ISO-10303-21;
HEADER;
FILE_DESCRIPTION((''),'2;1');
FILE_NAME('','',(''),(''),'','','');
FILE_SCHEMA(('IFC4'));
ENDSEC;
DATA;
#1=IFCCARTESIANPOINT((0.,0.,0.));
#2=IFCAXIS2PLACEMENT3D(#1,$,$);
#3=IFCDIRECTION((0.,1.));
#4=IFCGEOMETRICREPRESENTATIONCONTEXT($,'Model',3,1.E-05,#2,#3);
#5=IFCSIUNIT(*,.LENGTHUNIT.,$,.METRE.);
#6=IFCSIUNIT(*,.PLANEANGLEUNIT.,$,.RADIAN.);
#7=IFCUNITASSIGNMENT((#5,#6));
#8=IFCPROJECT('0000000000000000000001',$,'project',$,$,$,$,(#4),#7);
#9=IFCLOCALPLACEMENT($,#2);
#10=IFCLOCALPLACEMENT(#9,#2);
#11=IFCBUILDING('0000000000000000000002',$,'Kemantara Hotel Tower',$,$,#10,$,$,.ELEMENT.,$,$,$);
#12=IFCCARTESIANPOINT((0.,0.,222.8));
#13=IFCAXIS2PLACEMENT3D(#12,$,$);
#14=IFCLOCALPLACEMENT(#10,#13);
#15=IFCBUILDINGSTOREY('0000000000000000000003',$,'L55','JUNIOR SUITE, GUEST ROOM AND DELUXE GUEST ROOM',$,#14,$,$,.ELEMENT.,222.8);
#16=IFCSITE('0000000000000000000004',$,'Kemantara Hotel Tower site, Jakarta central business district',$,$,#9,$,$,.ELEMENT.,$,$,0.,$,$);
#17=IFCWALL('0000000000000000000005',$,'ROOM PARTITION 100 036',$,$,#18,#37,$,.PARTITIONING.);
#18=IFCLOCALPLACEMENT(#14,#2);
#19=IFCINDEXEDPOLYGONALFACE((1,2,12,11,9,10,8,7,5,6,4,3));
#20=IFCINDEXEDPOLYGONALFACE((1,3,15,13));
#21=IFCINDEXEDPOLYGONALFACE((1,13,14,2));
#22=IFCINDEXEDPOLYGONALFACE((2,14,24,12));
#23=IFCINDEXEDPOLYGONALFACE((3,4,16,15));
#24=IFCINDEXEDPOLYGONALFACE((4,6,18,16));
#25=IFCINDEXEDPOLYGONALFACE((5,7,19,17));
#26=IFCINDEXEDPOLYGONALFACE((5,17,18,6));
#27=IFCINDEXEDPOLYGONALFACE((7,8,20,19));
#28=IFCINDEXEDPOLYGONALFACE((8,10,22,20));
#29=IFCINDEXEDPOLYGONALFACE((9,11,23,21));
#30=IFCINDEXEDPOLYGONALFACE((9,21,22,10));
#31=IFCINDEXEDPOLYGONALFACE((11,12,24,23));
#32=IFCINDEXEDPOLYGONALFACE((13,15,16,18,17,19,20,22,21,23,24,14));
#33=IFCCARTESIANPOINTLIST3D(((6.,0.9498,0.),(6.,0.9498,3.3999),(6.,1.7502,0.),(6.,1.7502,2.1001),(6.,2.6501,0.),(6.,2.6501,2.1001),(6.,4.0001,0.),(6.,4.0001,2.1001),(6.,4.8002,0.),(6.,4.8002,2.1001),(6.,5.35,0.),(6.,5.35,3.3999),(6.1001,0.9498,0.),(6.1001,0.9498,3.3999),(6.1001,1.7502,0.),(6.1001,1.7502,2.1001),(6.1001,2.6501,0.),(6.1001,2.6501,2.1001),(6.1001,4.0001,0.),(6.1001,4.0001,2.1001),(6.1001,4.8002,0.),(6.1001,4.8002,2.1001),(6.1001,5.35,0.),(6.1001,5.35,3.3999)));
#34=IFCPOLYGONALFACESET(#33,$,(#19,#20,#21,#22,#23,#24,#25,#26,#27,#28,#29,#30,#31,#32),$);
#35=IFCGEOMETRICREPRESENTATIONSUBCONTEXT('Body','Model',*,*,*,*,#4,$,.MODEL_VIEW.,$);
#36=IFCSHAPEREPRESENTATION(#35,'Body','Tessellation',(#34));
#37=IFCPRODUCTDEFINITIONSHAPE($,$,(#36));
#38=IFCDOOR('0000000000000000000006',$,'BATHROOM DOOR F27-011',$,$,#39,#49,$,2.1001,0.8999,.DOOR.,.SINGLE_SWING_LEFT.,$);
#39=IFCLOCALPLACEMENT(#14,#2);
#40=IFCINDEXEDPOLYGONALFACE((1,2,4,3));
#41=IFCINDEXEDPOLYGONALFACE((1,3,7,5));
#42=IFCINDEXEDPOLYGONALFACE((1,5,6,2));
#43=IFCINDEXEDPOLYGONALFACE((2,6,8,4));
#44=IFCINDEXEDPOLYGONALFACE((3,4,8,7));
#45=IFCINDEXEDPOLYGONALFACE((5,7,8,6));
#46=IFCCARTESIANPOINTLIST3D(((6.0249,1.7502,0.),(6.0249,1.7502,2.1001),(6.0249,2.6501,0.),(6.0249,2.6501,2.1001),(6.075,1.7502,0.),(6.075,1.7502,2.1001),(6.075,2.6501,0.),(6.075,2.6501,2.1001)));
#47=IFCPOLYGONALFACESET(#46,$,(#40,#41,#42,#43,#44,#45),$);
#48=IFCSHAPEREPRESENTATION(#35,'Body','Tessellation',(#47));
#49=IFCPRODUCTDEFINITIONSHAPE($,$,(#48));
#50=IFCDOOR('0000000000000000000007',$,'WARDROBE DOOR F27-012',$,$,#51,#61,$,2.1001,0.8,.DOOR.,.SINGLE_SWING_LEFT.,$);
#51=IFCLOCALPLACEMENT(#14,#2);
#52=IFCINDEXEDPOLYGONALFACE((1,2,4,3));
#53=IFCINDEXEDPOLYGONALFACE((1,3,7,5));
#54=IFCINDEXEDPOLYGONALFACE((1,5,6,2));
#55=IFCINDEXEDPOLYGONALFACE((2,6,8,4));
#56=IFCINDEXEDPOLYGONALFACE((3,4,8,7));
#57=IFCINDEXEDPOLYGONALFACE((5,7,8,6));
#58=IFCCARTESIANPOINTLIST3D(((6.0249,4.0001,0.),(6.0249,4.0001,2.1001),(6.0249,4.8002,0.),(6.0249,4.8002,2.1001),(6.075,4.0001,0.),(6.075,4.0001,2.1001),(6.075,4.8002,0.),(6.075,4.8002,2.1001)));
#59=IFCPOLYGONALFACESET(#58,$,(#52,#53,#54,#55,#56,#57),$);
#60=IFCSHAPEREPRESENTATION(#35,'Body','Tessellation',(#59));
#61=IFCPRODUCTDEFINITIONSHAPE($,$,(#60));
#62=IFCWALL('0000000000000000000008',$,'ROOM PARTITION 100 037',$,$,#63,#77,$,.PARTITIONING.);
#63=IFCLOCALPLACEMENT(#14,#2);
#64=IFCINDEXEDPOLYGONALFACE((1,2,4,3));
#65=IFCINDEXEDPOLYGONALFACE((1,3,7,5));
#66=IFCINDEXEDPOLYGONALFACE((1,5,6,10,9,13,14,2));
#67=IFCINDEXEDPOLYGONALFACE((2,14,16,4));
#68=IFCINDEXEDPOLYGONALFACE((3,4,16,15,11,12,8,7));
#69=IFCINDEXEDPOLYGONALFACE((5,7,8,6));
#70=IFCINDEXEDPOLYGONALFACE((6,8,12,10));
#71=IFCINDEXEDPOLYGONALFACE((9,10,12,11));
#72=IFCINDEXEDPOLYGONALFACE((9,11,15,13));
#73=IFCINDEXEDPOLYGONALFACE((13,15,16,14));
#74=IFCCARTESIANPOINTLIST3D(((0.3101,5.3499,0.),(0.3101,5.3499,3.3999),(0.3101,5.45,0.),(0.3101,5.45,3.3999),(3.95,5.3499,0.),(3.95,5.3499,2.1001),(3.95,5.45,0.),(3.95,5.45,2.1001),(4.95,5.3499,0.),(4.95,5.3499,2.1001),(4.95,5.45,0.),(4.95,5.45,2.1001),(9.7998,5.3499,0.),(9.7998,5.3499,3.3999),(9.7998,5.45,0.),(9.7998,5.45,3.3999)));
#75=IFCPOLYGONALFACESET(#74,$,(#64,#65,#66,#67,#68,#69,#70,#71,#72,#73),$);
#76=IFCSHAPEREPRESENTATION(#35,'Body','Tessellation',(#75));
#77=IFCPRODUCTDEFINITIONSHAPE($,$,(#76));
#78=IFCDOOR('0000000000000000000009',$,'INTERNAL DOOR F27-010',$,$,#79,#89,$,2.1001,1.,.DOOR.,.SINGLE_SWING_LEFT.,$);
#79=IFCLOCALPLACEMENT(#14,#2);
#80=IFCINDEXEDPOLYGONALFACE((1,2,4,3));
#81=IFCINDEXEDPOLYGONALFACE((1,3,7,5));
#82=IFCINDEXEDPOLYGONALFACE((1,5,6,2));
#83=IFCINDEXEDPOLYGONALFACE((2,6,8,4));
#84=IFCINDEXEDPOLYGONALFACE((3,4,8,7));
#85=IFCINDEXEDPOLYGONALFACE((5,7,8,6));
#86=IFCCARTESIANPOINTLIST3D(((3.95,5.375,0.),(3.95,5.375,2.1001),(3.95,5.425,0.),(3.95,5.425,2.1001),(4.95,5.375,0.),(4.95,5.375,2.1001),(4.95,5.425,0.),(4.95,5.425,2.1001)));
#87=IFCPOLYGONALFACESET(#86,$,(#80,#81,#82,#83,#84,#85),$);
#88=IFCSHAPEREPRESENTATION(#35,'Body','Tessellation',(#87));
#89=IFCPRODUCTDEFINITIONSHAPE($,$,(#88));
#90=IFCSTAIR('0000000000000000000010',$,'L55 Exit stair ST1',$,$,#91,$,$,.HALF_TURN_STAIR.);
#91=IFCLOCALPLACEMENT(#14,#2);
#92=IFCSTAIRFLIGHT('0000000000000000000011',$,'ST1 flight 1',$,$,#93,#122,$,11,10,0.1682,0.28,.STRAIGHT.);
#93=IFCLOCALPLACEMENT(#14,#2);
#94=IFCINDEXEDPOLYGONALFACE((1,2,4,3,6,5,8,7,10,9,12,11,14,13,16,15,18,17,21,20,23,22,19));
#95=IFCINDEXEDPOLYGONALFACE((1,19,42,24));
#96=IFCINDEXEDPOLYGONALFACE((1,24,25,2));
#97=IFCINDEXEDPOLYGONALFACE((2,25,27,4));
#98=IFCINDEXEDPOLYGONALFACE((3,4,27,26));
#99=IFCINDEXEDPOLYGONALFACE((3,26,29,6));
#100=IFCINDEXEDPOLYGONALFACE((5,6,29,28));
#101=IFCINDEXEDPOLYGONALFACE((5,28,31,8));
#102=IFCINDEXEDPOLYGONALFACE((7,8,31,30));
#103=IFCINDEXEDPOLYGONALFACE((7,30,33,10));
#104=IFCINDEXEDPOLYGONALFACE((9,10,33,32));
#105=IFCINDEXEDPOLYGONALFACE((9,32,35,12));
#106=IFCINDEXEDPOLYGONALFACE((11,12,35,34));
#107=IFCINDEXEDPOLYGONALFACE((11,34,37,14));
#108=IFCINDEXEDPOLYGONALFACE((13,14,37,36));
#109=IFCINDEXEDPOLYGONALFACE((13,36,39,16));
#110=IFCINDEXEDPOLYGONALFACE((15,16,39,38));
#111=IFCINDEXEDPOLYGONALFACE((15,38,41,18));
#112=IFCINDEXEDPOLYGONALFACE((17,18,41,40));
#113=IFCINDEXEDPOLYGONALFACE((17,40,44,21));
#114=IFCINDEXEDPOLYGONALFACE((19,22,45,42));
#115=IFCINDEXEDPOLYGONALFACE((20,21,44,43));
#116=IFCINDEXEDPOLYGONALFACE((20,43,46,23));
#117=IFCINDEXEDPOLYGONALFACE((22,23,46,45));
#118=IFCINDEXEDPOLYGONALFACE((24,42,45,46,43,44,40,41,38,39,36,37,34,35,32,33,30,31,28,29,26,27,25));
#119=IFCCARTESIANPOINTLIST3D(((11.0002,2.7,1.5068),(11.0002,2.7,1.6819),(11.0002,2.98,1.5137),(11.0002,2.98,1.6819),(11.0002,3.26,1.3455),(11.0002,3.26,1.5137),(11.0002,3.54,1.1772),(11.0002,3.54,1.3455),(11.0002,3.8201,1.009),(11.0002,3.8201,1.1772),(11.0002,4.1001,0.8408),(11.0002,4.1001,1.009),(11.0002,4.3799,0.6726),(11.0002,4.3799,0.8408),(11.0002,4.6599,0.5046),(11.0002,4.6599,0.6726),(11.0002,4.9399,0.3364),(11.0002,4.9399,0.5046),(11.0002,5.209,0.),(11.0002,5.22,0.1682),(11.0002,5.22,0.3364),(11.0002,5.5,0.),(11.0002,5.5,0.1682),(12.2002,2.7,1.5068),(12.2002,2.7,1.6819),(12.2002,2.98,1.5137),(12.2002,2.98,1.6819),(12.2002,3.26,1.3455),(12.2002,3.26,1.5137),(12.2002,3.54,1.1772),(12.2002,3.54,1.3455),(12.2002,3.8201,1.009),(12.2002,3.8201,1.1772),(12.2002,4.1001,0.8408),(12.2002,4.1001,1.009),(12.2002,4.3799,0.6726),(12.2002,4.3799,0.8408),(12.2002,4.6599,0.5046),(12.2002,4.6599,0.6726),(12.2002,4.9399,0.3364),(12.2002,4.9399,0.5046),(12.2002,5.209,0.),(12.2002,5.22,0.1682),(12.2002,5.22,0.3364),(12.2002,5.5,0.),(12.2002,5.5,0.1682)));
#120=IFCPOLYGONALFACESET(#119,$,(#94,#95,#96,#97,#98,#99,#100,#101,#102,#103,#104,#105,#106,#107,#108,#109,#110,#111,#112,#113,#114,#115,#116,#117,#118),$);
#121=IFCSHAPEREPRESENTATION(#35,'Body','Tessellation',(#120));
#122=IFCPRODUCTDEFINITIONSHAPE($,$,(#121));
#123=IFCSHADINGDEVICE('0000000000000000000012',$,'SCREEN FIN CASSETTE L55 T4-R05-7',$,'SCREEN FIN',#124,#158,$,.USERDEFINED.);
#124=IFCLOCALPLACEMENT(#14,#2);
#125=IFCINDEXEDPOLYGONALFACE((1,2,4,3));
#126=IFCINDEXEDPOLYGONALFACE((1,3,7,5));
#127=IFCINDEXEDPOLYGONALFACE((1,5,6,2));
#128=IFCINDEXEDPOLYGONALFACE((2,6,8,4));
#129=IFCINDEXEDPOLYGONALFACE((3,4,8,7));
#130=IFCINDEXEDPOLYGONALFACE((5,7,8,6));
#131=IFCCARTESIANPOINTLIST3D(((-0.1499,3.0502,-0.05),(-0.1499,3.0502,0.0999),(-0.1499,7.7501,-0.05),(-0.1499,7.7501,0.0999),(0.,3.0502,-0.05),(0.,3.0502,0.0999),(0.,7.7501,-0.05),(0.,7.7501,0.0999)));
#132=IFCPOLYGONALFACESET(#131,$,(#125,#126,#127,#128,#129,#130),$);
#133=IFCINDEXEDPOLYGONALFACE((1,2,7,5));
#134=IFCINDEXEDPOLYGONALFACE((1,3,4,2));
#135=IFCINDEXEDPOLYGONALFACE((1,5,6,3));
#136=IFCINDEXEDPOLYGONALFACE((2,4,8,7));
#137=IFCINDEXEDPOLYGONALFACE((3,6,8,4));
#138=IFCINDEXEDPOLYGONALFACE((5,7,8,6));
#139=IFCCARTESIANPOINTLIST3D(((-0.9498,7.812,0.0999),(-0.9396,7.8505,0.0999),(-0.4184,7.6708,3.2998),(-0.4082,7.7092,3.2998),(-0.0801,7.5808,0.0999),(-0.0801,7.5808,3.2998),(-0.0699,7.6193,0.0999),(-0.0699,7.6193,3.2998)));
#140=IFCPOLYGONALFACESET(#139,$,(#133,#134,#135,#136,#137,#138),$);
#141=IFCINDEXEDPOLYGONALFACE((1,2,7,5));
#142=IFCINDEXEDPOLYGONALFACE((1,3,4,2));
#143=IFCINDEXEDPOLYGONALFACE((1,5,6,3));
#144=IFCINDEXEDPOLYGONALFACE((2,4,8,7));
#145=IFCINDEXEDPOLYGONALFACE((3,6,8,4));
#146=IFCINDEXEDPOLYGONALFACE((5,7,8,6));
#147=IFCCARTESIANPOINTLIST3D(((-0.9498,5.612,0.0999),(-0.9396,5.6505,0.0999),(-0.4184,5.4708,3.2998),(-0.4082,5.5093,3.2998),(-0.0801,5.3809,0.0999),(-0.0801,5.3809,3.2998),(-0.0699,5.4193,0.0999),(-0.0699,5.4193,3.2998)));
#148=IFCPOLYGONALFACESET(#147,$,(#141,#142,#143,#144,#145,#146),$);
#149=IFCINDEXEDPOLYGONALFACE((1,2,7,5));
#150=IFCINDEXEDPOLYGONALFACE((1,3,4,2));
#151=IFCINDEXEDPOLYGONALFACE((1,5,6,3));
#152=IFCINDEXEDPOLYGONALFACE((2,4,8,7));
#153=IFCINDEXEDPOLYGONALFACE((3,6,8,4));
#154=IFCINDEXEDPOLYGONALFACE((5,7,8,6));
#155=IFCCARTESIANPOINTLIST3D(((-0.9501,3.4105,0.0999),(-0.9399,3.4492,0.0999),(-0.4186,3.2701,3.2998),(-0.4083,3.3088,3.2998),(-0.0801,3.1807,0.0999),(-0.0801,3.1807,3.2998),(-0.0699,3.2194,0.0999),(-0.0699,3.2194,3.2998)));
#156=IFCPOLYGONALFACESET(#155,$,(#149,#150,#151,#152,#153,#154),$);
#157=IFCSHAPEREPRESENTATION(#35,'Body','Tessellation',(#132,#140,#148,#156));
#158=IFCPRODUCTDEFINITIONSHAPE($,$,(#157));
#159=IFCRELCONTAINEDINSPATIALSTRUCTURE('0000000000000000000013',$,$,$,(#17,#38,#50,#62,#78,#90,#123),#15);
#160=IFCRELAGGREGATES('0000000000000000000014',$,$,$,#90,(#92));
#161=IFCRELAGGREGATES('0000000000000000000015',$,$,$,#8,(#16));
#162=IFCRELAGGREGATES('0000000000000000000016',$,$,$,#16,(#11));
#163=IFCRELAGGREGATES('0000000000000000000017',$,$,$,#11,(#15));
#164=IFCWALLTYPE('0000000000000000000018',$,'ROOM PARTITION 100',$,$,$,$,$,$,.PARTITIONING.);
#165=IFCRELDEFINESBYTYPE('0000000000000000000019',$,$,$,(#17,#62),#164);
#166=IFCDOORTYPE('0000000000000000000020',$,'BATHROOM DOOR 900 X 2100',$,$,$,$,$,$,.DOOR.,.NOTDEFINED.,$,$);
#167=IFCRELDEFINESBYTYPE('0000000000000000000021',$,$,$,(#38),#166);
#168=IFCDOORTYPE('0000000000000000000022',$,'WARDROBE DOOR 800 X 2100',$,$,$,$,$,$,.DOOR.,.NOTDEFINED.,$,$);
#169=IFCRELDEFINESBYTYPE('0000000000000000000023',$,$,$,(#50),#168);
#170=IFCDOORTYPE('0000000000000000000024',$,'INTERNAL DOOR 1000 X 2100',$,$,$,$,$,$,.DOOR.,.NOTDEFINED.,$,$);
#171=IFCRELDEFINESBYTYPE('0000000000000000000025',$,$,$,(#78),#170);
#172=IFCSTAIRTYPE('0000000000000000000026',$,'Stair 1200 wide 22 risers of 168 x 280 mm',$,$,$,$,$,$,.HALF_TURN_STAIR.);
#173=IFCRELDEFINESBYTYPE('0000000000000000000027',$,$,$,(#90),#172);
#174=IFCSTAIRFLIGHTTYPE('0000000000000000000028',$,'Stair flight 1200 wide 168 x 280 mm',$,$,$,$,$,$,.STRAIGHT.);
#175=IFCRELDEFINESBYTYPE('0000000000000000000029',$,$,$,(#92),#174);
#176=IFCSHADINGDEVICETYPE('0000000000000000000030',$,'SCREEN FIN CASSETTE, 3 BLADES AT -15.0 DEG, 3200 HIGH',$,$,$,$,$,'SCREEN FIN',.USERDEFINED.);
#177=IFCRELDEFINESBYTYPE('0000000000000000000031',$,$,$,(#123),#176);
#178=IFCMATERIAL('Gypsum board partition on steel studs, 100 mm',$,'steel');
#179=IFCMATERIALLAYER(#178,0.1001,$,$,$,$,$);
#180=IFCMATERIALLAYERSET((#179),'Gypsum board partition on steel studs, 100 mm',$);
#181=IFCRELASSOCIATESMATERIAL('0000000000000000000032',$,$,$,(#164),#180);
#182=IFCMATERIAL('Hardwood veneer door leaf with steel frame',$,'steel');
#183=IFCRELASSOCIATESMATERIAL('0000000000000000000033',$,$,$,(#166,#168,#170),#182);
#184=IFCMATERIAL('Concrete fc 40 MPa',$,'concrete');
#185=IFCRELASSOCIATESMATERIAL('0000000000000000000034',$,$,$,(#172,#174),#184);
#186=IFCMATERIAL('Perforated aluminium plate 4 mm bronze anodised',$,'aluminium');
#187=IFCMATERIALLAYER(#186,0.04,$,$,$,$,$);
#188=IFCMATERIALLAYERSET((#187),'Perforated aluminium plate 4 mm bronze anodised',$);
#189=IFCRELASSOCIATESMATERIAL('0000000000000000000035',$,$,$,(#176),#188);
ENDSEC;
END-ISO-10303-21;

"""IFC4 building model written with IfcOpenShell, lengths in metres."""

from ifc_helpers import new_model, si_unit, direction, frame, frame_2d, origin, origin_2d, place, context, subcontext, project, spatial, polyline, rectangle, outline, extrude, source, transform, mapped, material, layer, layer_set, type_object, element, fill, aggregate, save


model = new_model("IFC4")

# Units and contexts
model_context = context("Model", 3, precision=1e-05, world=origin(), true_north=direction((0.0, 1.0)))
body_context = subcontext(model_context, "Body", "Model", "MODEL_VIEW")
ifc_project = project(units=[si_unit("LENGTHUNIT", "METRE"), si_unit("PLANEANGLEUNIT", "RADIAN")], contexts=[model_context])

# Site, building, storey
site_placement = place(None, origin())
site = spatial("IfcSite", under=ifc_project, at=site_placement, Name="Kemantara Hotel Tower site, Jakarta central business district", CompositionType="ELEMENT", RefElevation=0.0)
building_placement = place(site_placement, origin())
building = spatial("IfcBuilding", under=site, at=building_placement, Name="Kemantara Hotel Tower", CompositionType="ELEMENT")
storey_placement = place(building_placement, frame((0.0, 0.0, 222.8)))
storey = spatial("IfcBuildingStorey", under=building, at=storey_placement, Name="L55", Description="JUNIOR SUITE, GUEST ROOM AND DELUXE GUEST ROOM", CompositionType="ELEMENT", Elevation=222.8)

# Wall, openings, doors
ifc_material_1 = material(Name="Hardwood veneer door leaf with steel frame", Category="steel")
ifc_material_2 = material(Name="Gypsum board partition on steel studs, 100 mm", Category="steel")
ifc_layer_1 = layer(ifc_material_2, 0.1001)
ifc_layer_set_1 = layer_set([ifc_layer_1], Name="Gypsum board partition on steel studs, 100 mm")
wall_type_1 = type_object("IfcWallType", Name="ROOM PARTITION 100", PredefinedType="PARTITIONING", material=ifc_layer_set_1)
wall_1_placement = place(storey_placement, frame((6.05, 5.3501, 0.0), z_axis=(0.0, 0.0, 1.0), x_axis=(0.0, -1.0, 0.0)))
wall_1 = element("IfcWall", 1, at=wall_1_placement, inside=storey, type_object=wall_type_1, Name="ROOM PARTITION 100 036", PredefinedType="PARTITIONING", context=body_context, shape_type="SweptSolid", body=[
    extrude(rectangle(XDim=4.4001, YDim=0.1001, at=frame_2d((2.2002, 0.0))), origin(), (0.0, 0.0, 1.0), 3.3999),
])
opening_1_placement = place(wall_1_placement, frame((2.7, 0.0, 0.0)))
opening_1 = element("IfcOpeningElement", 2, at=opening_1_placement, cuts=wall_1, PredefinedType="OPENING", context=body_context, shape_type="SweptSolid", body=[
    extrude(rectangle(XDim=0.8999, YDim=2.1001, at=frame_2d((0.45, 1.05))), frame((0.0, 0.0601, 0.0), z_axis=(0.0, -1.0, 0.0), x_axis=(1.0, 0.0, 0.0)), (0.0, 0.0, 1.0), 0.1201),
])
opening_2_placement = place(wall_1_placement, frame((0.55, 0.0, 0.0)))
opening_2 = element("IfcOpeningElement", 3, at=opening_2_placement, cuts=wall_1, PredefinedType="OPENING", context=body_context, shape_type="SweptSolid", body=[
    extrude(rectangle(XDim=0.8, YDim=2.1001, at=frame_2d((0.3999, 1.05))), frame((0.0, 0.0601, 0.0), z_axis=(0.0, -1.0, 0.0), x_axis=(1.0, 0.0, 0.0)), (0.0, 0.0, 1.0), 0.1201),
])
door_type_1 = type_object("IfcDoorType", Name="BATHROOM DOOR 900 X 2100", OperationType="NOTDEFINED", PredefinedType="DOOR", material=ifc_material_1)
door_1_placement = place(opening_1_placement, origin())
door_1 = element("IfcDoor", 4, at=door_1_placement, inside=storey, type_object=door_type_1, Name="BATHROOM DOOR F27-011", OperationType="SINGLE_SWING_LEFT", OverallHeight=2.1001, OverallWidth=0.8999, PredefinedType="DOOR", context=body_context, shape_type="SweptSolid", body=[
    extrude(rectangle(XDim=0.8999, YDim=2.1001, at=frame_2d((0.45, 1.05))), frame((0.0, 0.0249, 0.0), z_axis=(0.0, -1.0, 0.0), x_axis=(1.0, 0.0, 0.0)), (0.0, 0.0, 1.0), 0.05),
])
fill(opening_1, door_1)
door_type_2 = type_object("IfcDoorType", Name="WARDROBE DOOR 800 X 2100", OperationType="NOTDEFINED", PredefinedType="DOOR", material=ifc_material_1)
door_2_placement = place(opening_2_placement, origin())
door_2 = element("IfcDoor", 5, at=door_2_placement, inside=storey, type_object=door_type_2, Name="WARDROBE DOOR F27-012", OperationType="SINGLE_SWING_LEFT", OverallHeight=2.1001, OverallWidth=0.8, PredefinedType="DOOR", context=body_context, shape_type="SweptSolid", body=[
    extrude(rectangle(XDim=0.8, YDim=2.1001, at=frame_2d((0.3999, 1.05))), frame((0.0, 0.0249, 0.0), z_axis=(0.0, -1.0, 0.0), x_axis=(1.0, 0.0, 0.0)), (0.0, 0.0, 1.0), 0.05),
])
fill(opening_2, door_2)

# Wall, opening, door
wall_2_placement = place(storey_placement, frame((9.7998, 5.3999, 0.0), z_axis=(0.0, 0.0, 1.0), x_axis=(-1.0, 0.0, 0.0)))
wall_2 = element("IfcWall", 6, at=wall_2_placement, inside=storey, type_object=wall_type_1, Name="ROOM PARTITION 100 037", PredefinedType="PARTITIONING", context=body_context, shape_type="SweptSolid", body=[
    extrude(rectangle(XDim=9.4897, YDim=0.1001, at=frame_2d((4.7449, 0.0))), origin(), (0.0, 0.0, 1.0), 3.3999),
])
opening_3_placement = place(wall_2_placement, frame((4.8499, 0.0, 0.0)))
opening_3 = element("IfcOpeningElement", 7, at=opening_3_placement, cuts=wall_2, PredefinedType="OPENING", context=body_context, shape_type="SweptSolid", body=[
    extrude(rectangle(XDim=1.0, YDim=2.1001, at=frame_2d((0.5, 1.05))), frame((0.0, 0.0601, 0.0), z_axis=(0.0, -1.0, 0.0), x_axis=(1.0, 0.0, 0.0)), (0.0, 0.0, 1.0), 0.1201),
])
door_type_3 = type_object("IfcDoorType", Name="INTERNAL DOOR 1000 X 2100", OperationType="NOTDEFINED", PredefinedType="DOOR", material=ifc_material_1)
door_3_placement = place(opening_3_placement, origin())
door_3 = element("IfcDoor", 8, at=door_3_placement, inside=storey, type_object=door_type_3, Name="INTERNAL DOOR F27-010", OperationType="SINGLE_SWING_LEFT", OverallHeight=2.1001, OverallWidth=1.0, PredefinedType="DOOR", context=body_context, shape_type="SweptSolid", body=[
    extrude(rectangle(XDim=1.0, YDim=2.1001, at=frame_2d((0.5, 1.05))), frame((0.0, 0.0249, 0.0), z_axis=(0.0, -1.0, 0.0), x_axis=(1.0, 0.0, 0.0)), (0.0, 0.0, 1.0), 0.05),
])
fill(opening_3, door_3)

# Stair, stair flight
ifc_material_3 = material(Name="Concrete fc 40 MPa", Category="concrete")
stair_type = type_object("IfcStairType", Name="Stair 1200 wide 22 risers of 168 x 280 mm", PredefinedType="HALF_TURN_STAIR", material=ifc_material_3)
stair_placement = place(storey_placement, origin())
stair = element("IfcStair", 9, at=stair_placement, inside=storey, type_object=stair_type, Name="L55 Exit stair ST1", PredefinedType="HALF_TURN_STAIR")
stair_flight_type = type_object("IfcStairFlightType", Name="Stair flight 1200 wide 168 x 280 mm", PredefinedType="STRAIGHT", material=ifc_material_3)
stair_flight_placement = place(storey_placement, frame((11.6001, 5.5, 0.0), z_axis=(0.0, 0.0, 1.0), x_axis=(0.0, -1.0, 0.0)))
stair_flight = element("IfcStairFlight", 10, at=stair_flight_placement, type_object=stair_flight_type, Name="ST1 flight 1", NumberOfRisers=11, NumberOfTreads=10, PredefinedType="STRAIGHT", RiserHeight=0.1682, TreadLength=0.28, context=body_context, shape_type="SweptSolid", body=[
    extrude(outline(polyline([(0.0, 0.0), (0.0, 0.1682), (0.28, 0.1682), (0.28, 0.3364), (0.5601, 0.3364), (0.5601, 0.5046), (0.8401, 0.5046), (0.8401, 0.6726), (1.1201, 0.6726), (1.1201, 0.8408), (1.3999, 0.8408), (1.3999, 1.009), (1.6799, 1.009), (1.6799, 1.1772), (1.96, 1.1772), (1.96, 1.3455), (2.24, 1.3455), (2.24, 1.5137), (2.52, 1.5137), (2.52, 1.6819), (2.8, 1.6819), (2.8, 1.8501), (2.8, 1.5068), (0.291, 0.0), (0.0, 0.0)])), frame((0.0, 0.6001, 0.0), z_axis=(0.0, -1.0, 0.0), x_axis=(1.0, 0.0, 0.0)), (0.0, 0.0, 1.0), 1.2),
])
aggregate(stair, [stair_flight])

# Shading device
ifc_material_4 = material(Name="Perforated aluminium plate 4 mm bronze anodised", Category="aluminium")
ifc_layer_2 = layer(ifc_material_4, 0.04)
ifc_layer_set_2 = layer_set([ifc_layer_2], Name="Perforated aluminium plate 4 mm bronze anodised")
shading_device_type = type_object("IfcShadingDeviceType", Name="SCREEN FIN CASSETTE, 3 BLADES AT -15.0 DEG, 3200 HIGH", ElementType="SCREEN FIN", PredefinedType="USERDEFINED", material=ifc_layer_set_2)
shared_shape = source(origin(), body_context, "Body", "SweptSolid", [
    extrude(rectangle(XDim=4.7, YDim=0.1499, at=origin_2d()), frame((2.2, -0.075, -0.1499), z_axis=(0.0, 0.0, 1.0), x_axis=(1.0, 0.0, 0.0)), (0.0, 0.0, 1.0), 0.1499),
    extrude(outline(polyline([(0.0, 0.0), (0.8999, 0.0), (0.3501, 3.2), (0.0, 3.2), (0.0, 0.0)])), frame((0.0193, -0.0801, 0.0), z_axis=(-0.966438, 0.256901, 0.0), x_axis=(-0.256901, -0.966438, 0.0)), (0.0, 0.0, 1.0), 0.0398),
    extrude(outline(polyline([(0.0, 0.0), (0.8999, 0.0), (0.3501, 3.2), (0.0, 3.2), (0.0, 0.0)])), frame((2.2192, -0.0801, 0.0), z_axis=(-0.966438, 0.256901, 0.0), x_axis=(-0.256901, -0.966438, 0.0)), (0.0, 0.0, 1.0), 0.0398),
    extrude(outline(polyline([(0.0, 0.0), (0.8999, 0.0), (0.3501, 3.2), (0.0, 3.2), (0.0, 0.0)])), frame((4.4194, -0.0801, 0.0), z_axis=(-0.966838, 0.255391, 0.0), x_axis=(-0.255391, -0.966838, 0.0)), (0.0, 0.0, 1.0), 0.04),
])
shading_device_placement = place(storey_placement, frame((0.0, 7.6001, 0.0999), z_axis=(0.0, 0.0, 1.0), x_axis=(0.0, -1.0, 0.0)))
element("IfcShadingDevice", 11, at=shading_device_placement, inside=storey, type_object=shading_device_type, Name="SCREEN FIN CASSETTE L55 T4-R05-7", ObjectType="SCREEN FIN", PredefinedType="USERDEFINED", context=body_context, shape_type="MappedRepresentation", body=[
    mapped(shared_shape, transform((0.0, 0.0, 0.0))),
])

save(model, "model.ifc")
